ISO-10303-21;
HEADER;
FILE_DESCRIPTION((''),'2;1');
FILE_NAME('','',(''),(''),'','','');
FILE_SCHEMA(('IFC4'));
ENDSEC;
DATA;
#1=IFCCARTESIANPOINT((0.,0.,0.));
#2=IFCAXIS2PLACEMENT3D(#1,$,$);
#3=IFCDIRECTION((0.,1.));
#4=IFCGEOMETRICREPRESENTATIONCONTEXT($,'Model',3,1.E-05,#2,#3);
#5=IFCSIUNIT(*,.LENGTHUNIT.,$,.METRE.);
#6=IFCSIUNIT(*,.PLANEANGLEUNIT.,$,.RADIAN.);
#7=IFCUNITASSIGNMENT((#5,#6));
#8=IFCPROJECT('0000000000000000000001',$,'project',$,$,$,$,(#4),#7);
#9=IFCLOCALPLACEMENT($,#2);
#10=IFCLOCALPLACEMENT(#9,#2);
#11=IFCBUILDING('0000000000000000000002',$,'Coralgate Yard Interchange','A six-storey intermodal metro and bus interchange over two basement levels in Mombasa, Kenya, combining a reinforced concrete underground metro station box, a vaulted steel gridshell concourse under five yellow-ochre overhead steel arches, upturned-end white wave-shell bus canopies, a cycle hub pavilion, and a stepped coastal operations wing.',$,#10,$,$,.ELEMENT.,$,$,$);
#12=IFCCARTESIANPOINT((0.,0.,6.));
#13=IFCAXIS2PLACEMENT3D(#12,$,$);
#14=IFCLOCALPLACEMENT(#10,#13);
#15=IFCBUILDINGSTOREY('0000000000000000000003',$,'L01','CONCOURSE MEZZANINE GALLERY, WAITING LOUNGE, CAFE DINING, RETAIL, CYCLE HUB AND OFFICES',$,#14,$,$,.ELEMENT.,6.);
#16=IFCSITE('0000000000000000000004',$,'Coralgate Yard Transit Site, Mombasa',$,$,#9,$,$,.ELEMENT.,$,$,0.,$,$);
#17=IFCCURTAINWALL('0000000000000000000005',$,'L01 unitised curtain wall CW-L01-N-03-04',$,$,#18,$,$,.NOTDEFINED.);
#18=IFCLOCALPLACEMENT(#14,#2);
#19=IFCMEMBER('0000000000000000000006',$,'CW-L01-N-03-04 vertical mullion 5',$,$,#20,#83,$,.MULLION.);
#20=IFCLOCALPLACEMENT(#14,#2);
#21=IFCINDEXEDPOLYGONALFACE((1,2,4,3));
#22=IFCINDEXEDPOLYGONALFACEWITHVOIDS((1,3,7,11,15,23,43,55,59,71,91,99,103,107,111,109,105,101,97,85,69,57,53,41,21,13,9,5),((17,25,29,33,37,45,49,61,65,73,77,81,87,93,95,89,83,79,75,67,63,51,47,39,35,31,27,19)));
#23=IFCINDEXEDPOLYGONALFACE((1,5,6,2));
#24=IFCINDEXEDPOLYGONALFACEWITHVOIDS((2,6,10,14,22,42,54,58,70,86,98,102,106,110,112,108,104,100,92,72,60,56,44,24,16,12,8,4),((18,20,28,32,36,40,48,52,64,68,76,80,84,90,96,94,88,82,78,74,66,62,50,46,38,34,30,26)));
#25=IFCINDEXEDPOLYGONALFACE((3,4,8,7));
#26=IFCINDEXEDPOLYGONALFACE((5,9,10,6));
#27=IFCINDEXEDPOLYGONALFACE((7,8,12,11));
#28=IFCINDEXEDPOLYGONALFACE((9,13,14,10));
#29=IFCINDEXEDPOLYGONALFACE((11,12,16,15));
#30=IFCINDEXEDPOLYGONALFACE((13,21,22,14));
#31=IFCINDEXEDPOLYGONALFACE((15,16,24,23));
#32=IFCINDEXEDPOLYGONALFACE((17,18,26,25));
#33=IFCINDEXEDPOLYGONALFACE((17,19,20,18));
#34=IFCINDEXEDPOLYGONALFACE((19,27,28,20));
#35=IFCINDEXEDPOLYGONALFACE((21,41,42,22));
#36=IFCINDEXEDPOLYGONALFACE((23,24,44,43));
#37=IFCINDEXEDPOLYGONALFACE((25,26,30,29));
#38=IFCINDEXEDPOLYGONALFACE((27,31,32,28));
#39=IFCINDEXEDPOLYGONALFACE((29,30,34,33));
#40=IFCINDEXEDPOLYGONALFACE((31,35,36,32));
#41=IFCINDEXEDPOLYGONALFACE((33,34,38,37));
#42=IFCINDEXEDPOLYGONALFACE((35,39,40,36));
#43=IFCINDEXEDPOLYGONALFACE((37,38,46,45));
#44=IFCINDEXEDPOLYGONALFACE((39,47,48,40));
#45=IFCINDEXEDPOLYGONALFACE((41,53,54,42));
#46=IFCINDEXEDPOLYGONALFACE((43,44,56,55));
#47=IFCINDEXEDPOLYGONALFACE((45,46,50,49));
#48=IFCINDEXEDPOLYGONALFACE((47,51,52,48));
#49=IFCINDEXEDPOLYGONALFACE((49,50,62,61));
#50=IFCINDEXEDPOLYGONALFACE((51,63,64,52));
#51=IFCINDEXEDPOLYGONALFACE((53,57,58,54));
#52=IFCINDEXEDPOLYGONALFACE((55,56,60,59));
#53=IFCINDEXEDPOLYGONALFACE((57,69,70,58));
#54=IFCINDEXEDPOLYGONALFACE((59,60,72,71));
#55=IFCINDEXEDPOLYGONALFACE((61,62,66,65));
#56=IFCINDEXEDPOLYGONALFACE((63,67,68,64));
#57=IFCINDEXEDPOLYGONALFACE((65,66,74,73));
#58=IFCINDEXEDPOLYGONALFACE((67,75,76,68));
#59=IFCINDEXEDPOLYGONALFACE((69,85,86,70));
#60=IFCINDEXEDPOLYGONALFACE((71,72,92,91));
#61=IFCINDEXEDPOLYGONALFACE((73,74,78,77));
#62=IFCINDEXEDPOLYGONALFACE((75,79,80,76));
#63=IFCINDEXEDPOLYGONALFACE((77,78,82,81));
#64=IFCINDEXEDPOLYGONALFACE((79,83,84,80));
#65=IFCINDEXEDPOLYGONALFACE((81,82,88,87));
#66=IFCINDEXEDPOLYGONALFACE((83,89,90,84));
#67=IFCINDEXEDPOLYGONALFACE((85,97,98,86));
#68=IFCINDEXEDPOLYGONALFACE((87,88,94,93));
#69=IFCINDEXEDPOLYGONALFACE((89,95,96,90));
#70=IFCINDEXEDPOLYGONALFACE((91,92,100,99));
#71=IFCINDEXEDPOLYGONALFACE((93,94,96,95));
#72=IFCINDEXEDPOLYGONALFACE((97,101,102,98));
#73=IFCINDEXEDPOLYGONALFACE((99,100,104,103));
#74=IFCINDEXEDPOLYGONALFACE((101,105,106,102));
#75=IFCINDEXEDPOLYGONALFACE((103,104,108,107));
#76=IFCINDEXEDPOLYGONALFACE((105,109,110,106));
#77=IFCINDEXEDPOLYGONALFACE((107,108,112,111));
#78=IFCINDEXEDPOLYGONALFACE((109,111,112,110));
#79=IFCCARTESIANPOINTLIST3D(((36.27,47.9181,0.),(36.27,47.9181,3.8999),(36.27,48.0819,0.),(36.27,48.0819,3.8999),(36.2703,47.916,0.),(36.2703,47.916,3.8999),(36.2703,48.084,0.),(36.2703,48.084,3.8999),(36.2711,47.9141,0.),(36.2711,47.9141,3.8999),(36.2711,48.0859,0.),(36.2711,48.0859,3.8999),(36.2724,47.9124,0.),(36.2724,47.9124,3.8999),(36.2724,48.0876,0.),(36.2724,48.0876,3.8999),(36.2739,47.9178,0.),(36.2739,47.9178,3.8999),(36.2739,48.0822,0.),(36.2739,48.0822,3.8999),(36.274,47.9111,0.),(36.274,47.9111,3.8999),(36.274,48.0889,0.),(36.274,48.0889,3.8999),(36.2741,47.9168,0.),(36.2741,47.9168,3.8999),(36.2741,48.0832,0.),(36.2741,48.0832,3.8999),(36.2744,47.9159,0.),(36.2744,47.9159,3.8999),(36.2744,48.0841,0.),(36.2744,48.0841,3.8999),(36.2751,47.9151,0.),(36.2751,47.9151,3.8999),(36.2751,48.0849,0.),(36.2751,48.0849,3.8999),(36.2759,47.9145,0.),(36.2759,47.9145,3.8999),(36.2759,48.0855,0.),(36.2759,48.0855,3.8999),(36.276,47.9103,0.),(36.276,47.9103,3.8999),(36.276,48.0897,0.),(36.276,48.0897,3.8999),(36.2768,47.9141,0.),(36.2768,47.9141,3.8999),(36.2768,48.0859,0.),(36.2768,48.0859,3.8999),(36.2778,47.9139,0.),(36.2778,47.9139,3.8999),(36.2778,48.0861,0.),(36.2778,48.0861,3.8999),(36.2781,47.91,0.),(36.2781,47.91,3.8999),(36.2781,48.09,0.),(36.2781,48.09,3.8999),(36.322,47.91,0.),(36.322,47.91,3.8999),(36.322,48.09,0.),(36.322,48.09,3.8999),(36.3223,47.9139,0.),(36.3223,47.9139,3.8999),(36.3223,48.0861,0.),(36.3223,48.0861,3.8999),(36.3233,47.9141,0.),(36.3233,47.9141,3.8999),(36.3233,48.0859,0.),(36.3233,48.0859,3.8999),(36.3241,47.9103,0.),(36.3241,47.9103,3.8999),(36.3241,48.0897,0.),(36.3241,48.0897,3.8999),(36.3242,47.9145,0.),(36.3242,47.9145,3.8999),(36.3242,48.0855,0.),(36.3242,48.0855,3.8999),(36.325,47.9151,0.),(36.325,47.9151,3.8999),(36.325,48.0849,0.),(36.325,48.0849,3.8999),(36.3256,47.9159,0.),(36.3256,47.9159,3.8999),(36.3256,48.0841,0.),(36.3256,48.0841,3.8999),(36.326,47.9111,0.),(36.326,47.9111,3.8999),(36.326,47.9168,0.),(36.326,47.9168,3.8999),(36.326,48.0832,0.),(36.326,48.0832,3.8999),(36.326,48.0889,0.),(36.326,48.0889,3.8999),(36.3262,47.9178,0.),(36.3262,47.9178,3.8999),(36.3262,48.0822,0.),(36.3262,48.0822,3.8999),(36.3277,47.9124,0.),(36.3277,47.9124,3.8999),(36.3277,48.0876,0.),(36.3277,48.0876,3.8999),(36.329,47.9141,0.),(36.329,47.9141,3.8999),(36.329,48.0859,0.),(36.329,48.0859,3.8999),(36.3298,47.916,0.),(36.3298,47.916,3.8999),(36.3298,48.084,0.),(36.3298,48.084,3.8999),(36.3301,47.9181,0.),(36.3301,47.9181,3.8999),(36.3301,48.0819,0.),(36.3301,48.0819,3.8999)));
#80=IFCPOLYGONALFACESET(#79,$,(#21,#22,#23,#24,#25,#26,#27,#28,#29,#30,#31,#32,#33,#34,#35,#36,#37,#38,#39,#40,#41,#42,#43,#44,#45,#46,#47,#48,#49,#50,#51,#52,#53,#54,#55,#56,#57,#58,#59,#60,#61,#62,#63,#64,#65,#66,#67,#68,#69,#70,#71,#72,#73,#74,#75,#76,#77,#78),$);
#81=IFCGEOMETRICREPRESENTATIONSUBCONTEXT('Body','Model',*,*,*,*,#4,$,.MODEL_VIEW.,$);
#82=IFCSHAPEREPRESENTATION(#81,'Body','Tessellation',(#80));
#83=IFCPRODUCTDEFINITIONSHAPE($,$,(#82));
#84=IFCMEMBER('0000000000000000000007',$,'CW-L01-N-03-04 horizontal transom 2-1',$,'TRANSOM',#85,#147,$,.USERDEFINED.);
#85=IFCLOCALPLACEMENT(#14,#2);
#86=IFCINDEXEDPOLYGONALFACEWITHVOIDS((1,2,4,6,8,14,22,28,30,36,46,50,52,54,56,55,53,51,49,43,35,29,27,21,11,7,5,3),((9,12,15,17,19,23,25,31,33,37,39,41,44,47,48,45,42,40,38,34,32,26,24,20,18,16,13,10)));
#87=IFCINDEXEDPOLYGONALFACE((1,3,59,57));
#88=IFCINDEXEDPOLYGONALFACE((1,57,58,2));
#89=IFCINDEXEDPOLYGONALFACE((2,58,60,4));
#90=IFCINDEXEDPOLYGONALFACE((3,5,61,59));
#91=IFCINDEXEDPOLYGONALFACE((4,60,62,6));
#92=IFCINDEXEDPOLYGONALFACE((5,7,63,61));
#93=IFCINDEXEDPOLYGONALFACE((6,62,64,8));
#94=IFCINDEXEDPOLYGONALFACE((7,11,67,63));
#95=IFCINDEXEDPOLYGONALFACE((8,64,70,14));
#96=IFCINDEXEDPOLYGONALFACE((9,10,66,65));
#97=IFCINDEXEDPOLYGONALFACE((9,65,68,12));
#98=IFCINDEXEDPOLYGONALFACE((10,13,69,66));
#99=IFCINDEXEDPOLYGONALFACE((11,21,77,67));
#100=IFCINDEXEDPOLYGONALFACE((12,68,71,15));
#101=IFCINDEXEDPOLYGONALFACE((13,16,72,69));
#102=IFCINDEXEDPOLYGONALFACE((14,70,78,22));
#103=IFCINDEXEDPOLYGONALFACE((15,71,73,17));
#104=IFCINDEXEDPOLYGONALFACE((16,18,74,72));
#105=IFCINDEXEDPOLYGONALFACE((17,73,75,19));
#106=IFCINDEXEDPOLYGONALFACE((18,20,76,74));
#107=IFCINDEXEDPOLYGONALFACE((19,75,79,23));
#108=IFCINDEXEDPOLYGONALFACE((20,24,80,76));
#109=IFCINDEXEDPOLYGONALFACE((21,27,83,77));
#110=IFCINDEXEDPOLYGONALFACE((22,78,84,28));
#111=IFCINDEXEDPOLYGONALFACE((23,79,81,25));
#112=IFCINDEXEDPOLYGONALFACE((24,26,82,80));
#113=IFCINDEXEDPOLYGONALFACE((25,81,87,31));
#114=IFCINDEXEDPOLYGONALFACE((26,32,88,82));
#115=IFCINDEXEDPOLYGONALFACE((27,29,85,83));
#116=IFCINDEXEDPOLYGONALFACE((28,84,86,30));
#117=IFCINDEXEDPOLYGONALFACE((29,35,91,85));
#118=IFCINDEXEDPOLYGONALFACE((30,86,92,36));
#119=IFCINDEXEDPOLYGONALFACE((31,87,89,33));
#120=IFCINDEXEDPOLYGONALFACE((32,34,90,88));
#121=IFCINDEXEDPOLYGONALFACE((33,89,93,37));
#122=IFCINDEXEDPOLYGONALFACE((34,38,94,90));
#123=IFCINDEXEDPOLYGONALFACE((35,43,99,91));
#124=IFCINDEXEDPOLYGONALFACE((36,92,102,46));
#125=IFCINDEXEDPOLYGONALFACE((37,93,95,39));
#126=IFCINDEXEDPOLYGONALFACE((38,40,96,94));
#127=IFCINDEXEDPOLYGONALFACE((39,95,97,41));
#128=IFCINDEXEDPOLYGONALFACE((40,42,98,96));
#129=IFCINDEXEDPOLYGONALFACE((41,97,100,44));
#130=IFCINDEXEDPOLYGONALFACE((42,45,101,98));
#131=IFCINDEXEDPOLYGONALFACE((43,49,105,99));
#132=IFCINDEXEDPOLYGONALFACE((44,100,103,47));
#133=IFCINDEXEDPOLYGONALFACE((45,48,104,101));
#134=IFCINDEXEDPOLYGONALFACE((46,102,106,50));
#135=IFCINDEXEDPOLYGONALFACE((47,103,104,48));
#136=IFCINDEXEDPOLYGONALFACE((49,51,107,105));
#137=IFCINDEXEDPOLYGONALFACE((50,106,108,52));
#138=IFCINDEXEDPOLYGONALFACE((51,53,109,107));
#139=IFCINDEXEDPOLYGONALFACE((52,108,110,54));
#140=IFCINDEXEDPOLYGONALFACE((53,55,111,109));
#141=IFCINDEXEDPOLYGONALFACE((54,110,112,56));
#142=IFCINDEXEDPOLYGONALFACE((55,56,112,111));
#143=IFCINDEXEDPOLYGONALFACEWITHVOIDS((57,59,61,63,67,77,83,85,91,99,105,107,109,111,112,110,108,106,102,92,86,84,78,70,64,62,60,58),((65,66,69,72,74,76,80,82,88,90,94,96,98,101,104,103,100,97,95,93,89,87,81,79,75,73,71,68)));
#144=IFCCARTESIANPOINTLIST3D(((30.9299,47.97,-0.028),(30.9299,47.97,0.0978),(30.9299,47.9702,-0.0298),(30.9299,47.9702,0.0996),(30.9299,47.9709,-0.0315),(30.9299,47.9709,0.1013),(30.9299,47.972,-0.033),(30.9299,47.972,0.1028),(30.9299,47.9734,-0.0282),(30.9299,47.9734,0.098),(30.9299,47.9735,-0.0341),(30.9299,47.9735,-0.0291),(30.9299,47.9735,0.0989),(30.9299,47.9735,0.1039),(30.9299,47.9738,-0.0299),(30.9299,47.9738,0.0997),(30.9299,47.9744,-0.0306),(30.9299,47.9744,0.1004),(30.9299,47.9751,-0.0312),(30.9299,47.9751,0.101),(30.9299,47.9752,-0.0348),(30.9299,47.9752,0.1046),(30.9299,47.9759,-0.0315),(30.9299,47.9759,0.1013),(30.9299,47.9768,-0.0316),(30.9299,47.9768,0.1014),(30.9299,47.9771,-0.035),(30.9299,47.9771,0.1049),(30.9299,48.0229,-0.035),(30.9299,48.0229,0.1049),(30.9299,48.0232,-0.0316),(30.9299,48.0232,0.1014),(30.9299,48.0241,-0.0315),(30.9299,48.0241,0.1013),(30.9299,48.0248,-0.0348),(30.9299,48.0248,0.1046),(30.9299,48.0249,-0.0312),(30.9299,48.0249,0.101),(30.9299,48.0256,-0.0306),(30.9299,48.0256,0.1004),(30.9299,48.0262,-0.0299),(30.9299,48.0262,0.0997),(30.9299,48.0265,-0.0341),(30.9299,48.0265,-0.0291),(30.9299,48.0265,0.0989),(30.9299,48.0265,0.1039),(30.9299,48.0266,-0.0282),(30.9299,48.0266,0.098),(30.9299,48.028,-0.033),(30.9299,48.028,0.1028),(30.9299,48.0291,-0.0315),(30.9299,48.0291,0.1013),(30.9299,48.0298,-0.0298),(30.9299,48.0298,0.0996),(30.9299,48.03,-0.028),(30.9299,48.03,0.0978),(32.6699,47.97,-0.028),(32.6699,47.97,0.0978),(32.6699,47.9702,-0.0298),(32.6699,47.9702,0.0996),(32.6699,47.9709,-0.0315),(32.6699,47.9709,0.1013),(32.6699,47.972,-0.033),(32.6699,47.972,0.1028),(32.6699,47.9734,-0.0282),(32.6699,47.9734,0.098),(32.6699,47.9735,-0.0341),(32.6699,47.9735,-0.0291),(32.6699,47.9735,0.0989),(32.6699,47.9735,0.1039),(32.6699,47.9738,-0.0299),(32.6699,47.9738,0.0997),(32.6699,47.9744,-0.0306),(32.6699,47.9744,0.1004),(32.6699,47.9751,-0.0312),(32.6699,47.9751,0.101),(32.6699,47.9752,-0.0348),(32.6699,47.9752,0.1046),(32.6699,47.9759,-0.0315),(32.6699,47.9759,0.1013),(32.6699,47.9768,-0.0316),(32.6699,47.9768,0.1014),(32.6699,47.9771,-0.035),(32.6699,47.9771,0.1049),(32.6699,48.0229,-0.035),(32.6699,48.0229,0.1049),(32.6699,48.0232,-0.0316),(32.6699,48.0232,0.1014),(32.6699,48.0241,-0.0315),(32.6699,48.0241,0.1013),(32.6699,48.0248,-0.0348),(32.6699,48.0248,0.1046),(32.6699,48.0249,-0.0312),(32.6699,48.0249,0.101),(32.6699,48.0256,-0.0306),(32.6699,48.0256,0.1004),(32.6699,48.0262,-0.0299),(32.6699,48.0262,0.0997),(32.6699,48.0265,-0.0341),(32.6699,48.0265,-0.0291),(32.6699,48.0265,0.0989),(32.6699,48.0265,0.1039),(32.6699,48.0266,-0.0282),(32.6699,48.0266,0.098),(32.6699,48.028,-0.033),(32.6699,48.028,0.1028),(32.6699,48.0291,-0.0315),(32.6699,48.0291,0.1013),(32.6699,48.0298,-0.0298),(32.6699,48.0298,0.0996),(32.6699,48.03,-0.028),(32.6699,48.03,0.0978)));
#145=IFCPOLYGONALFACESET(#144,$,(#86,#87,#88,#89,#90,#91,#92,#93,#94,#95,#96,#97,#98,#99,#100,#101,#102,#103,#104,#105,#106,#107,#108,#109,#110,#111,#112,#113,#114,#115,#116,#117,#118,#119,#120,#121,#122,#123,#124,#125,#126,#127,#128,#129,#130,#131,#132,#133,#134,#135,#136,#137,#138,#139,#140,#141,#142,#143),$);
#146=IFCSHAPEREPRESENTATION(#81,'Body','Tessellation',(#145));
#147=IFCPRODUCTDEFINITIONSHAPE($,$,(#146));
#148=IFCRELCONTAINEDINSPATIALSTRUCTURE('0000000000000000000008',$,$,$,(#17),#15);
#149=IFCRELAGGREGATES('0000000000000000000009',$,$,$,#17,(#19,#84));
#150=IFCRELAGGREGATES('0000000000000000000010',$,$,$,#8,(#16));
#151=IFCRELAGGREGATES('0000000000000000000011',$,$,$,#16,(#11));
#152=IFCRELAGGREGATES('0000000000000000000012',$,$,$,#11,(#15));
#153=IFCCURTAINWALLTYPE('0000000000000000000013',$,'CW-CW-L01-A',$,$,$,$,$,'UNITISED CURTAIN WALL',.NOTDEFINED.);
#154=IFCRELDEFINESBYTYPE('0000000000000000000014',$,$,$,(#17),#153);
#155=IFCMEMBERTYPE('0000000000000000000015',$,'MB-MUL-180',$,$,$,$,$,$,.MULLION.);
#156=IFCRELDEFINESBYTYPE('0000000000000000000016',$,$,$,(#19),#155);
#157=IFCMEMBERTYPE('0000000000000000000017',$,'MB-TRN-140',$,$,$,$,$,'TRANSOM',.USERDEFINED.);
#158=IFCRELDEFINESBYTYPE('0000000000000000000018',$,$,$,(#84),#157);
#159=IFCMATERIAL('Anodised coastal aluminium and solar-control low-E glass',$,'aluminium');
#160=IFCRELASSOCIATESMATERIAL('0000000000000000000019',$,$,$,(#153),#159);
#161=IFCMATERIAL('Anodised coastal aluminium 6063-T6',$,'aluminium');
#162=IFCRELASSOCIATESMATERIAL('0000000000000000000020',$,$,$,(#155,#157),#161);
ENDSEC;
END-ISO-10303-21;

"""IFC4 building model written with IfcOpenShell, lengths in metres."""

from ifc_helpers import new_model, si_unit, direction, frame, origin, origin_2d, place, context, subcontext, project, spatial, hollow_rectangle, extrude, material, material_profile, profile_set, type_object, element, aggregate, save


model = new_model("IFC4")

# Units and contexts
model_context = context("Model", 3, precision=1e-05, world=origin(), true_north=direction((0.0, 1.0)))
body_context = subcontext(model_context, "Body", "Model", "MODEL_VIEW")
ifc_project = project(units=[si_unit("LENGTHUNIT", "METRE"), si_unit("PLANEANGLEUNIT", "RADIAN")], contexts=[model_context])

# Site, building, storey
site_placement = place(None, origin())
site = spatial("IfcSite", under=ifc_project, at=site_placement, Name="Coralgate Yard Transit Site, Mombasa", CompositionType="ELEMENT", RefElevation=0.0)
building_placement = place(site_placement, origin())
building = spatial("IfcBuilding", under=site, at=building_placement, Name="Coralgate Yard Interchange", Description="A six-storey intermodal metro and bus interchange over two basement levels in Mombasa, Kenya, combining a reinforced concrete underground metro station box, a vaulted steel gridshell concourse under five yellow-ochre overhead steel arches, upturned-end white wave-shell bus canopies, a cycle hub pavilion, and a stepped coastal operations wing.", CompositionType="ELEMENT")
storey_placement = place(building_placement, frame((0.0, 0.0, 6.0)))
storey = spatial("IfcBuildingStorey", under=building, at=storey_placement, Name="L01", Description="CONCOURSE MEZZANINE GALLERY, WAITING LOUNGE, CAFE DINING, RETAIL, CYCLE HUB AND OFFICES", CompositionType="ELEMENT", Elevation=6.0)

# Curtain wall, members
ifc_material_1 = material(Name="Anodised coastal aluminium and solar-control low-E glass", Category="aluminium")
curtain_wall_type = type_object("IfcCurtainWallType", Name="CW-CW-L01-A", ElementType="UNITISED CURTAIN WALL", PredefinedType="NOTDEFINED", material=ifc_material_1)
curtain_wall_placement = place(storey_placement, origin())
curtain_wall = element("IfcCurtainWall", 1, at=curtain_wall_placement, inside=storey, type_object=curtain_wall_type, Name="L01 unitised curtain wall CW-L01-N-03-04", PredefinedType="NOTDEFINED")
ifc_material_2 = material(Name="Anodised coastal aluminium 6063-T6", Category="aluminium")
ifc_material_profile_1 = material_profile(ifc_material_2, hollow_rectangle(XDim=0.0601, YDim=0.1799, WallThickness=0.0039, InnerFilletRadius=0.0039, OuterFilletRadius=0.0081, at=origin_2d()), Name="ALU 60x180x4")
ifc_profile_set_1 = profile_set([ifc_material_profile_1], Name="Anodised coastal aluminium 6063-T6")
member_type_1 = type_object("IfcMemberType", Name="MB-MUL-180", PredefinedType="MULLION", material=ifc_profile_set_1)
member_1_placement = place(storey_placement, frame((36.3, 48.0, 0.0), z_axis=(0.0, 0.0, 1.0), x_axis=(1.0, 0.0, 0.0)))
member_1 = element("IfcMember", 2, at=member_1_placement, type_object=member_type_1, Name="CW-L01-N-03-04 vertical mullion 5", PredefinedType="MULLION", context=body_context, shape_type="SweptSolid", body=[
    extrude(hollow_rectangle(XDim=0.0601, YDim=0.1799, WallThickness=0.0039, InnerFilletRadius=0.0039, OuterFilletRadius=0.0081, at=origin_2d()), origin(), (0.0, 0.0, 1.0), 3.8999),
])
ifc_material_profile_2 = material_profile(ifc_material_2, hollow_rectangle(XDim=0.0601, YDim=0.1399, WallThickness=0.0034, InnerFilletRadius=0.0034, OuterFilletRadius=0.0071, at=origin_2d()), Name="ALU 60x140x3.5")
ifc_profile_set_2 = profile_set([ifc_material_profile_2], Name="Anodised coastal aluminium 6063-T6")
member_type_2 = type_object("IfcMemberType", Name="MB-TRN-140", ElementType="TRANSOM", PredefinedType="USERDEFINED", material=ifc_profile_set_2)
member_2_placement = place(storey_placement, frame((30.9299, 48.0, 0.0349), z_axis=(1.0, 0.0, 0.0), x_axis=(0.0, 1.0, 0.0)))
member_2 = element("IfcMember", 3, at=member_2_placement, type_object=member_type_2, Name="CW-L01-N-03-04 horizontal transom 2-1", ObjectType="TRANSOM", PredefinedType="USERDEFINED", context=body_context, shape_type="SweptSolid", body=[
    extrude(hollow_rectangle(XDim=0.0601, YDim=0.1399, WallThickness=0.0034, InnerFilletRadius=0.0034, OuterFilletRadius=0.0071, at=origin_2d()), origin(), (0.0, 0.0, 1.0), 1.74),
])
aggregate(curtain_wall, [member_1, member_2])

save(model, "model.ifc")
